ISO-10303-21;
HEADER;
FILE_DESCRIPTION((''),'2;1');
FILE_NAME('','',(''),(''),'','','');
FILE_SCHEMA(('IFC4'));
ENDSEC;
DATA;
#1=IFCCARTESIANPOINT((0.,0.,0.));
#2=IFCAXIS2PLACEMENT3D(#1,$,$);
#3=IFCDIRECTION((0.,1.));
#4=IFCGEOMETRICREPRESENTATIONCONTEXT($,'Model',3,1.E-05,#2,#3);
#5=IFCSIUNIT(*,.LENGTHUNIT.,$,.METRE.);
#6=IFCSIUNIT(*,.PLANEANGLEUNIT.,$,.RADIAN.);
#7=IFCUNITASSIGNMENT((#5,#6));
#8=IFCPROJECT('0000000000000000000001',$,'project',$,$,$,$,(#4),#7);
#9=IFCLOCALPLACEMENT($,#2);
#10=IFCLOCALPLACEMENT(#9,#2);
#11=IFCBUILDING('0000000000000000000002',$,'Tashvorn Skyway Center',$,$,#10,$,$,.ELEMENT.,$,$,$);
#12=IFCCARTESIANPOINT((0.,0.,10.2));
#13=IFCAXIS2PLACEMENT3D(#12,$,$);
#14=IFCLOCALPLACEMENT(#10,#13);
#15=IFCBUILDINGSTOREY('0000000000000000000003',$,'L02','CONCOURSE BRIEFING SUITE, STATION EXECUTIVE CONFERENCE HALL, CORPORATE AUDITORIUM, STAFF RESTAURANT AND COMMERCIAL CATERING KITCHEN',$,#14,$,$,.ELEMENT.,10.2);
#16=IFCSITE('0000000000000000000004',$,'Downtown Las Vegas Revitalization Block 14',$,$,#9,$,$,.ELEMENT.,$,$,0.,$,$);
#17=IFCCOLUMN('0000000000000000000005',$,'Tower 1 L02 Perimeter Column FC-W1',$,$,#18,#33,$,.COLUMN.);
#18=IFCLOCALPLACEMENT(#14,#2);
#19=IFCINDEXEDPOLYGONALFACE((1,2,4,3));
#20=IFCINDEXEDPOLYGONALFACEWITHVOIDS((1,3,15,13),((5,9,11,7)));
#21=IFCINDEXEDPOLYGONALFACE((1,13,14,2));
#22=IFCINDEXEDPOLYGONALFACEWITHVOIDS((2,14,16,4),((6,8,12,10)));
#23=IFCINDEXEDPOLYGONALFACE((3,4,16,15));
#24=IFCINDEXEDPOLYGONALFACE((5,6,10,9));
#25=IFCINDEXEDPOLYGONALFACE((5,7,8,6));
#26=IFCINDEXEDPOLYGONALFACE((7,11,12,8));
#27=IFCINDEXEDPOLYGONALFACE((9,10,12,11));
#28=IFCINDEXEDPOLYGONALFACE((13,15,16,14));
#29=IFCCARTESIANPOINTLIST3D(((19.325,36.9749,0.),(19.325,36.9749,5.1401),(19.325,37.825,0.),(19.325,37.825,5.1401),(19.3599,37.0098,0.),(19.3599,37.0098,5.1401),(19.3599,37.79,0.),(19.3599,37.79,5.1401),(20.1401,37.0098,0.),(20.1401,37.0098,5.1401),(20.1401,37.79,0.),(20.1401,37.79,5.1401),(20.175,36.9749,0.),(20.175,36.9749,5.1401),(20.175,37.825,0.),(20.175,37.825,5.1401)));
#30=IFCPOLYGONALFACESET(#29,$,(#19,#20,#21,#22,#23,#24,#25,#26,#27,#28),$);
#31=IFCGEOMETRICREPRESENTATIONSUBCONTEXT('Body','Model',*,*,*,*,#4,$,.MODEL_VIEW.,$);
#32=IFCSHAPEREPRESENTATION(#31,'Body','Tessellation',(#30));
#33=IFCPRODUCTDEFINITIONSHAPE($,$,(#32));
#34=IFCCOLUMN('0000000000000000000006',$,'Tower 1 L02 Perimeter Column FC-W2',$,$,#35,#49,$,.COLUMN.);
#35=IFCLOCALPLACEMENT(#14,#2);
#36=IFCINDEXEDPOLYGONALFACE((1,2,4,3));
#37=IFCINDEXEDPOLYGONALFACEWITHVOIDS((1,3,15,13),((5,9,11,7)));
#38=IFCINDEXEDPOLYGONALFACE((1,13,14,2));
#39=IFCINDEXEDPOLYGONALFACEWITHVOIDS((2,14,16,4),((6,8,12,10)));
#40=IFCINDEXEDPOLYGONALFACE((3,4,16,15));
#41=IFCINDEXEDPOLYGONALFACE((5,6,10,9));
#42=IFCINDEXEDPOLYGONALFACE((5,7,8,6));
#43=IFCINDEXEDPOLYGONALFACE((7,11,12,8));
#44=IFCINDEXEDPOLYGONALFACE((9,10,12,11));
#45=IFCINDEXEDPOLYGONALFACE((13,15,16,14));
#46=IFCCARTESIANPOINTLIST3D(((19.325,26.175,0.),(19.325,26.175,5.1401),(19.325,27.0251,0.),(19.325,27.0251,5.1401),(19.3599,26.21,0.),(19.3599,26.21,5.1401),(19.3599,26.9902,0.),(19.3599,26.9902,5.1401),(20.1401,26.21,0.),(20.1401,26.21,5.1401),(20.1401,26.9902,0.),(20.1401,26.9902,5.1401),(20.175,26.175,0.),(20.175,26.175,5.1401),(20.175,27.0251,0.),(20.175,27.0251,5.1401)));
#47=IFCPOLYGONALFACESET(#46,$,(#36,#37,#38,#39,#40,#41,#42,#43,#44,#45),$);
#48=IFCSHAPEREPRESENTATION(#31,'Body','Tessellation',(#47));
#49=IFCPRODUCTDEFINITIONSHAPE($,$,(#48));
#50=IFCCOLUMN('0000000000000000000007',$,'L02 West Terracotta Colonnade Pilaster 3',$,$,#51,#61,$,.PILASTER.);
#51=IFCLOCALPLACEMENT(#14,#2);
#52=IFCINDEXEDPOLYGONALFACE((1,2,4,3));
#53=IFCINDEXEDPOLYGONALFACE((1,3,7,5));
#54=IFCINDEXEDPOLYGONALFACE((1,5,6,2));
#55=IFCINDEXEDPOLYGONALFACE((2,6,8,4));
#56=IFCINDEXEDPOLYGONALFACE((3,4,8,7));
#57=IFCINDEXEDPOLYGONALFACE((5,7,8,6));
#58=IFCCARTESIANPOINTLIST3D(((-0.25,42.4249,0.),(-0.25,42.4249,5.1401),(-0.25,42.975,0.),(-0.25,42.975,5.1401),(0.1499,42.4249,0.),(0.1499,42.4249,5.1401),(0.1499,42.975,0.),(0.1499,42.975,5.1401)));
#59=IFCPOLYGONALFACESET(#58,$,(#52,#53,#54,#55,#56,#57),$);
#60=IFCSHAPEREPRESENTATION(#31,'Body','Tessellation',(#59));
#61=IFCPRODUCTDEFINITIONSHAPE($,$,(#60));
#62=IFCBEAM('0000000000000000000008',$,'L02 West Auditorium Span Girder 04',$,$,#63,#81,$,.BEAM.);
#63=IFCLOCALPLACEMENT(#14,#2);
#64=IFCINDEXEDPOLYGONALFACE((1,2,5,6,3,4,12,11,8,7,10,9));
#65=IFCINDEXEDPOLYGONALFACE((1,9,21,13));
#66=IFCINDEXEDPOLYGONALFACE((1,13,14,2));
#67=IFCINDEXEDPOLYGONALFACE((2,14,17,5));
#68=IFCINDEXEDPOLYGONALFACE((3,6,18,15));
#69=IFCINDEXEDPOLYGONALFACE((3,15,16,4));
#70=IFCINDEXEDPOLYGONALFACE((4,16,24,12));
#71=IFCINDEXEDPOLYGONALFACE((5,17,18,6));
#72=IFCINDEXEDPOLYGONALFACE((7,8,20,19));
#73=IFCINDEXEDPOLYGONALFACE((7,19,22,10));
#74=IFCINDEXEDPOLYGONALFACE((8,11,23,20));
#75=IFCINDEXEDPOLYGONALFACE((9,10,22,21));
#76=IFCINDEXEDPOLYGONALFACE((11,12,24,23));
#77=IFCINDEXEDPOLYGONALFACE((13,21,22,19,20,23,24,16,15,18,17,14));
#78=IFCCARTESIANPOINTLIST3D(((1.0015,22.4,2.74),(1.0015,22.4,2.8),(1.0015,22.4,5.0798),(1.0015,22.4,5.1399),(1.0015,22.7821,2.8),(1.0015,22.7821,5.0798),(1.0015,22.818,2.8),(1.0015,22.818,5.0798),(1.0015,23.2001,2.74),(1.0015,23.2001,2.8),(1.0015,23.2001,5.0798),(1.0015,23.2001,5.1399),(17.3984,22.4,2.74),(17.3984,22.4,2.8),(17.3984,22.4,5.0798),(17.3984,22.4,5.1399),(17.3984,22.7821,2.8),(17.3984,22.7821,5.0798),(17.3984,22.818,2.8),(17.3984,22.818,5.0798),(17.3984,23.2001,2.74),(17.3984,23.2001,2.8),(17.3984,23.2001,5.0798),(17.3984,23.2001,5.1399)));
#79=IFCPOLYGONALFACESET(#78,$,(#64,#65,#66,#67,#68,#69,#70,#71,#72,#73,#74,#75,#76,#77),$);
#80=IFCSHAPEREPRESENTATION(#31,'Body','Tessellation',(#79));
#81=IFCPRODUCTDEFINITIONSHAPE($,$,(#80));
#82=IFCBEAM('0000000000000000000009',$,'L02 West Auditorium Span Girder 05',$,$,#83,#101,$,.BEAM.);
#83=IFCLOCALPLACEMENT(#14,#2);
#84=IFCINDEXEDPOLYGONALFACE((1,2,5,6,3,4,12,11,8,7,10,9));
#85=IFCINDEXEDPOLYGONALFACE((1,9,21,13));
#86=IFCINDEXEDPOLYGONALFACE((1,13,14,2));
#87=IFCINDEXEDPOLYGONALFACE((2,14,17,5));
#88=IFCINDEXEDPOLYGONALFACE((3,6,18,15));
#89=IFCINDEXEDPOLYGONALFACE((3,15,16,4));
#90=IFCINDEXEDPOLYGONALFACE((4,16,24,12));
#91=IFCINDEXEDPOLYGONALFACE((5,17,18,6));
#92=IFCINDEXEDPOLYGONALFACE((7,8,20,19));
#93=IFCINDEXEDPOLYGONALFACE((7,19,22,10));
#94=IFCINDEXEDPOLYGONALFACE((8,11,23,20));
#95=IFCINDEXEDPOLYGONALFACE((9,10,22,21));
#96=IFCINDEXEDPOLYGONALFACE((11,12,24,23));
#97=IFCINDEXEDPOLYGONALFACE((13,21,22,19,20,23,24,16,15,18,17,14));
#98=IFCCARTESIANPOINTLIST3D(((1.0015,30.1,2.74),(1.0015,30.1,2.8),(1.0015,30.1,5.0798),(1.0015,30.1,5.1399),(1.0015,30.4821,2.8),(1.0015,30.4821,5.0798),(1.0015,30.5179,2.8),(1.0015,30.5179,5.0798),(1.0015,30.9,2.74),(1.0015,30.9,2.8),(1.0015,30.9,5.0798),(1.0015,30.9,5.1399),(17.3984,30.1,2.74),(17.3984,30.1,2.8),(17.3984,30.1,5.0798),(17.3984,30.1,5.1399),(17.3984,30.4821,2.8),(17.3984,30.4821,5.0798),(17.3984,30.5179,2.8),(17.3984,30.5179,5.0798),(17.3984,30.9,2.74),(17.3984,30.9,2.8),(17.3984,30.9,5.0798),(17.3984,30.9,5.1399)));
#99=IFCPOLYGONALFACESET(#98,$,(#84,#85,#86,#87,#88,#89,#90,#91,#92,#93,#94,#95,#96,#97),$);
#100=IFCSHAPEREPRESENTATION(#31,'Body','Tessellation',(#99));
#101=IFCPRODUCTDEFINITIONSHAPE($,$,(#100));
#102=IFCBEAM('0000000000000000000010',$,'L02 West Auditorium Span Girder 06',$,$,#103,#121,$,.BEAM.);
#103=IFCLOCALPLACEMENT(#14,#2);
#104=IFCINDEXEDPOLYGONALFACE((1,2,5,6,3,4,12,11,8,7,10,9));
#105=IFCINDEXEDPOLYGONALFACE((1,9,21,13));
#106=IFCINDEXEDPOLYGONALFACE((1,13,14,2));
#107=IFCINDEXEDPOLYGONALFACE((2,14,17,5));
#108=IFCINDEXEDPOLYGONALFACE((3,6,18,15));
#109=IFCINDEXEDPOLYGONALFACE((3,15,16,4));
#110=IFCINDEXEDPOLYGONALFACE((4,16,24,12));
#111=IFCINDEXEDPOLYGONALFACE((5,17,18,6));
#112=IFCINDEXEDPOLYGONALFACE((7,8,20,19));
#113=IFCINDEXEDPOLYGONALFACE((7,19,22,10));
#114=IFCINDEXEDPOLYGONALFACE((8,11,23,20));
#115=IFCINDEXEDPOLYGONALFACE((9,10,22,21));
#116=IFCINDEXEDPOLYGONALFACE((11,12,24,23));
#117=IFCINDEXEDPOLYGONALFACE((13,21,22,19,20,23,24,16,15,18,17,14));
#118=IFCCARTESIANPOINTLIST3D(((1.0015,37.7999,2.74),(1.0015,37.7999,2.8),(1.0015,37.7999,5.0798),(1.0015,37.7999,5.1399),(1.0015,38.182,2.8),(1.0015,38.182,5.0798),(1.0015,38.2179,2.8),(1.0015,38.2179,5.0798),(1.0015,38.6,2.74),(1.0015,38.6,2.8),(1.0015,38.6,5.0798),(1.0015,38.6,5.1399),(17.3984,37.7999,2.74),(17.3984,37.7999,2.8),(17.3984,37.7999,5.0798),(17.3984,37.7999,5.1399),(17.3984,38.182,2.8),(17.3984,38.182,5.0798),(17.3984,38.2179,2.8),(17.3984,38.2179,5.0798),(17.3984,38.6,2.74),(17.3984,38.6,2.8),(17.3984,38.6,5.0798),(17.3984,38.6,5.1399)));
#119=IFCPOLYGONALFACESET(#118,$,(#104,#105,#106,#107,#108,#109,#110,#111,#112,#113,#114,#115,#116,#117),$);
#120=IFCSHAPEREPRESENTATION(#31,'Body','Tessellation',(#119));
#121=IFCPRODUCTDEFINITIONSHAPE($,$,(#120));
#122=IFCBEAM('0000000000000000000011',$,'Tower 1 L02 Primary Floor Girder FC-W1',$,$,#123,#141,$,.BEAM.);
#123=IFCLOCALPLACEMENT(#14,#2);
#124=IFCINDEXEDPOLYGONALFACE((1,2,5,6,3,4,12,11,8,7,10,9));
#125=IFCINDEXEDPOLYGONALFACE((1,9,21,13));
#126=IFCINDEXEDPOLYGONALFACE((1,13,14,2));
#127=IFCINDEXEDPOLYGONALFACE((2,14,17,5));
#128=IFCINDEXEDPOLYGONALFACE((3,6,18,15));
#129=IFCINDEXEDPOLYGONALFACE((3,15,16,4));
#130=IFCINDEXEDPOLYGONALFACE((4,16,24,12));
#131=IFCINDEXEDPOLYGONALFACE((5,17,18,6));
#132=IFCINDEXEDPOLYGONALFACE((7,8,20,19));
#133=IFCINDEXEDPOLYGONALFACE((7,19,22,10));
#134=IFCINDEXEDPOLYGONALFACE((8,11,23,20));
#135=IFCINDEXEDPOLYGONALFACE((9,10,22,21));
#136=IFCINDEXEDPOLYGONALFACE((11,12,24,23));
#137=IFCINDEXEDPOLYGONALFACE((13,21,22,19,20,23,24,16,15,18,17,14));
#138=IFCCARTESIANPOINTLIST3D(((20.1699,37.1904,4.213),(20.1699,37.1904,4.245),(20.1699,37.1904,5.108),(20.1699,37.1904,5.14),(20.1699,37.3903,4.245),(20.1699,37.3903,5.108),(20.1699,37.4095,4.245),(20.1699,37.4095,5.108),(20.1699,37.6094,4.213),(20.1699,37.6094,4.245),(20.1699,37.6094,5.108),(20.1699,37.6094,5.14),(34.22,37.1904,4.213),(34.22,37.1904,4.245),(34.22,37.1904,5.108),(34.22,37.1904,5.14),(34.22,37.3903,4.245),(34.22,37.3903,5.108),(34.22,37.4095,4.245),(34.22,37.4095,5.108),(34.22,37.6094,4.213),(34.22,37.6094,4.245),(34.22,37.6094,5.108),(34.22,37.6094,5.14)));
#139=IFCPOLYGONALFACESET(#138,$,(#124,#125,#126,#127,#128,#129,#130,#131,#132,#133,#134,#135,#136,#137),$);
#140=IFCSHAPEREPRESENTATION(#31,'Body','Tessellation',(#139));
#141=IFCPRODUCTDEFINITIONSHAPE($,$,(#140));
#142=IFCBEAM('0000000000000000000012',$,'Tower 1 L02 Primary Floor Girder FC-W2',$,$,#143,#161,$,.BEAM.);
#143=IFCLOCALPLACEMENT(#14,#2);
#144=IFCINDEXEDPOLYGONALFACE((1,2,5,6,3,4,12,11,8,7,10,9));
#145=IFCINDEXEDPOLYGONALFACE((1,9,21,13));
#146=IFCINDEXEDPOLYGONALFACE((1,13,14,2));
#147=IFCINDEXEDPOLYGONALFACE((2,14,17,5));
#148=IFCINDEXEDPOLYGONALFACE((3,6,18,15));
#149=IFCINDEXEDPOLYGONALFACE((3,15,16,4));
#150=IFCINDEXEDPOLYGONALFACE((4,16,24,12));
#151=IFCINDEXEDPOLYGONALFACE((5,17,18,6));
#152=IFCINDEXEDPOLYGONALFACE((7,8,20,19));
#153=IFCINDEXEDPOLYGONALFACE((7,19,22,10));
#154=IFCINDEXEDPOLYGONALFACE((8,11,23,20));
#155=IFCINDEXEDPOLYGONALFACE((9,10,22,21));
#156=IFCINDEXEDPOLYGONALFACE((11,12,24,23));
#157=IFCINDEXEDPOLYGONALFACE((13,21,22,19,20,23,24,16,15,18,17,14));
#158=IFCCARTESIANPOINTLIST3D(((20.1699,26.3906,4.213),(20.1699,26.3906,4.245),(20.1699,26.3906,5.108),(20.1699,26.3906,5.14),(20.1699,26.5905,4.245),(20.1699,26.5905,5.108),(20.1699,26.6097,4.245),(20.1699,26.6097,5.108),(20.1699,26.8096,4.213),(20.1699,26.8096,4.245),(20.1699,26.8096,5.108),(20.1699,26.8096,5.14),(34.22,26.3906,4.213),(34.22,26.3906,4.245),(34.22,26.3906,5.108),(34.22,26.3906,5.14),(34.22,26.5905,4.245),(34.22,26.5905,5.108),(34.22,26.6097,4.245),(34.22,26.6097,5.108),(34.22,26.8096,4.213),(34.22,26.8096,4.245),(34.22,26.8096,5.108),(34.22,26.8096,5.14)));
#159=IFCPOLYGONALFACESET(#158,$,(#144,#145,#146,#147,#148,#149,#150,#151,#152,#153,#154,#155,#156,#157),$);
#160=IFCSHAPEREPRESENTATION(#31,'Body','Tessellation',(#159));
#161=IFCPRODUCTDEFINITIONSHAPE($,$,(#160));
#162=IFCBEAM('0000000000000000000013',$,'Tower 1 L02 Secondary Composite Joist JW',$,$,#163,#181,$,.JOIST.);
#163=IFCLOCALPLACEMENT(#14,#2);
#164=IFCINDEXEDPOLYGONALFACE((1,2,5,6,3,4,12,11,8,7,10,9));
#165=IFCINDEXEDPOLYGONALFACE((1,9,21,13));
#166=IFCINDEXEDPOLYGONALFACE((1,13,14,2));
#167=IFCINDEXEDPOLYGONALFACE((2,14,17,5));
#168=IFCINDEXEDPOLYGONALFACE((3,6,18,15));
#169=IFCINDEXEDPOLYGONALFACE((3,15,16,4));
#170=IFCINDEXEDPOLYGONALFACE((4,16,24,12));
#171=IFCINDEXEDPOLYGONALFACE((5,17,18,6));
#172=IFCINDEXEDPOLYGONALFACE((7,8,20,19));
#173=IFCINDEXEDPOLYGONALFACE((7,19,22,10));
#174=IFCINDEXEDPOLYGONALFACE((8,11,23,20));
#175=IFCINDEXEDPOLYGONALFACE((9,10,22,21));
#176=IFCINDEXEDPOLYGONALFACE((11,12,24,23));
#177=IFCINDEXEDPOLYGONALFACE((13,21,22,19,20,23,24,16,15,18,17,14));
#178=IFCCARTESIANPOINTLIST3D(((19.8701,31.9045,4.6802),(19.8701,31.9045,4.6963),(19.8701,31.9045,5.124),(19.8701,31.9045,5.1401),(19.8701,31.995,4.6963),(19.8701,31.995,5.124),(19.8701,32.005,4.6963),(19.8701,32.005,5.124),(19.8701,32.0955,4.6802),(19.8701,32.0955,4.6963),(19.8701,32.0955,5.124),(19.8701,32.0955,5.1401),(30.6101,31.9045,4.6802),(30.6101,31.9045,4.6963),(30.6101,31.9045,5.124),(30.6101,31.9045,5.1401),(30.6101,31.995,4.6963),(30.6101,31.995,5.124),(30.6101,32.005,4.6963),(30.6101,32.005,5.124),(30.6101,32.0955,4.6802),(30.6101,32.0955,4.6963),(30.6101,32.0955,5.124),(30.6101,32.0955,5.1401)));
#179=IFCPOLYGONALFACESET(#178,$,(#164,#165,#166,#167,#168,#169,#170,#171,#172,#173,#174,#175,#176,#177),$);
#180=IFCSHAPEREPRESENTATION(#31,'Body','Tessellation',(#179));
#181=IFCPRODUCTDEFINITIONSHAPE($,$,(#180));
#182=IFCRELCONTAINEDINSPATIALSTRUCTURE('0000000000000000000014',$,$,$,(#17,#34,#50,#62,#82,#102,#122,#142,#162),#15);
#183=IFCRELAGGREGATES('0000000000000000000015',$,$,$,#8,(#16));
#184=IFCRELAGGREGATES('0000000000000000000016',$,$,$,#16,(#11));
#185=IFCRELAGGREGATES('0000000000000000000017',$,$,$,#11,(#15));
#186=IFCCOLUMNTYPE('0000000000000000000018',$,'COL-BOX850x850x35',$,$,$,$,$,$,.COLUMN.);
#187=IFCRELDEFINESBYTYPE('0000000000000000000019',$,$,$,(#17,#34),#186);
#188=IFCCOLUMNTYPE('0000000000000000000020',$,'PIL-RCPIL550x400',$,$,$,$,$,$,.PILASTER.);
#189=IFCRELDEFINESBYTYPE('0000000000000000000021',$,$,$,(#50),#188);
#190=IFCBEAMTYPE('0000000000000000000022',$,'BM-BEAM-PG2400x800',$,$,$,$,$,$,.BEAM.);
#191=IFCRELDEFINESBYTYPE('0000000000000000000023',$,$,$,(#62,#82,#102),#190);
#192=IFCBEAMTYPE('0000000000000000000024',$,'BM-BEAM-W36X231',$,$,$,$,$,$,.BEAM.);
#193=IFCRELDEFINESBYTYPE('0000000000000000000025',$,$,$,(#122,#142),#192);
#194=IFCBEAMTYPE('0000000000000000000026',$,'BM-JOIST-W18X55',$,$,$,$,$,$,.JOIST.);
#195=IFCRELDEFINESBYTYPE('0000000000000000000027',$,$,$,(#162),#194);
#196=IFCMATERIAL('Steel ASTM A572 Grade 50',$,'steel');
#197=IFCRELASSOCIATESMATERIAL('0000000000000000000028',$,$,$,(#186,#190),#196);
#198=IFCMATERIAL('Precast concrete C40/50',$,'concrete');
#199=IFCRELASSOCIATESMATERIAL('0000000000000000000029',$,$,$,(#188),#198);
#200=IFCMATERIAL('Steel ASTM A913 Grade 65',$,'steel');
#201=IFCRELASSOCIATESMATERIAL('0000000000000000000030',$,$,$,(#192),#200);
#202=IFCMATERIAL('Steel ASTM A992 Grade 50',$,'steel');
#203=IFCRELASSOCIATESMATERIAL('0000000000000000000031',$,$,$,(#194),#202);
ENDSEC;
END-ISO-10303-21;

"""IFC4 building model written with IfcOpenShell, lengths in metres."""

from ifc_helpers import new_model, si_unit, direction, frame, origin, origin_2d, place, context, subcontext, project, spatial, rectangle, hollow_rectangle, i_section, extrude, material, material_profile, profile_set, type_object, element, save


model = new_model("IFC4")

# Units and contexts
model_context = context("Model", 3, precision=1e-05, world=origin(), true_north=direction((0.0, 1.0)))
body_context = subcontext(model_context, "Body", "Model", "MODEL_VIEW")
ifc_project = project(units=[si_unit("LENGTHUNIT", "METRE"), si_unit("PLANEANGLEUNIT", "RADIAN")], contexts=[model_context])

# Site, building, storey
site_placement = place(None, origin())
site = spatial("IfcSite", under=ifc_project, at=site_placement, Name="Downtown Las Vegas Revitalization Block 14", CompositionType="ELEMENT", RefElevation=0.0)
building_placement = place(site_placement, origin())
building = spatial("IfcBuilding", under=site, at=building_placement, Name="Tashvorn Skyway Center", CompositionType="ELEMENT")
storey_placement = place(building_placement, frame((0.0, 0.0, 10.2)))
storey = spatial("IfcBuildingStorey", under=building, at=storey_placement, Name="L02", Description="CONCOURSE BRIEFING SUITE, STATION EXECUTIVE CONFERENCE HALL, CORPORATE AUDITORIUM, STAFF RESTAURANT AND COMMERCIAL CATERING KITCHEN", CompositionType="ELEMENT", Elevation=10.2)

# Columns
ifc_material_1 = material(Name="Steel ASTM A572 Grade 50", Category="steel")
ifc_material_profile_1 = material_profile(ifc_material_1, hollow_rectangle(XDim=0.8501, YDim=0.8501, WallThickness=0.0349, at=origin_2d()), Name="BOX850x850x35")
ifc_profile_set_1 = profile_set([ifc_material_profile_1], Name="Steel ASTM A572 Grade 50")
column_type_1 = type_object("IfcColumnType", Name="COL-BOX850x850x35", PredefinedType="COLUMN", material=ifc_profile_set_1)
for number, where, z_axis, x_axis, name in (
    (1, (19.75, 37.3999, 0.0), (0.0, 0.0, 1.0), (1.0, 0.0, 0.0), "Tower 1 L02 Perimeter Column FC-W1"),
    (2, (19.75, 26.6001, 0.0), (0.0, 0.0, 1.0), (1.0, 0.0, 0.0), "Tower 1 L02 Perimeter Column FC-W2"),
):
    element("IfcColumn", number, at=place(storey_placement, frame(where, z_axis=z_axis, x_axis=x_axis)), inside=storey, type_object=column_type_1, Name=name, PredefinedType="COLUMN", context=body_context, shape_type="SweptSolid", body=[
        extrude(hollow_rectangle(XDim=0.8501, YDim=0.8501, WallThickness=0.0349, at=origin_2d()), origin(), (0.0, 0.0, 1.0), 5.1401),
    ])
ifc_material_2 = material(Name="Precast concrete C40/50", Category="concrete")
ifc_material_profile_2 = material_profile(ifc_material_2, rectangle(XDim=0.55, YDim=0.3999, at=origin_2d()), Name="RCPIL550x400")
ifc_profile_set_2 = profile_set([ifc_material_profile_2], Name="Precast concrete C40/50")
column_type_2 = type_object("IfcColumnType", Name="PIL-RCPIL550x400", PredefinedType="PILASTER", material=ifc_profile_set_2)
column_placement = place(storey_placement, frame((-0.05, 42.7, 0.0), z_axis=(0.0, 0.0, 1.0), x_axis=(0.0, 1.0, 0.0)))
element("IfcColumn", 3, at=column_placement, inside=storey, type_object=column_type_2, Name="L02 West Terracotta Colonnade Pilaster 3", PredefinedType="PILASTER", context=body_context, shape_type="SweptSolid", body=[
    extrude(rectangle(XDim=0.55, YDim=0.3999, at=origin_2d()), origin(), (0.0, 0.0, 1.0), 5.1401),
])

# Beams
ifc_material_profile_3 = material_profile(ifc_material_1, i_section(OverallWidth=0.8, OverallDepth=2.3999, WebThickness=0.0359, FlangeThickness=0.0601, at=origin_2d()), Name="PG2400x800")
ifc_profile_set_3 = profile_set([ifc_material_profile_3], Name="Steel ASTM A572 Grade 50")
beam_type_1 = type_object("IfcBeamType", Name="BM-BEAM-PG2400x800", PredefinedType="BEAM", material=ifc_profile_set_3)
for number, where, z_axis, x_axis, name in (
    (4, (1.0015, 22.8, 3.9399), (1.0, 0.0, 0.0), (0.0, 1.0, 0.0), "L02 West Auditorium Span Girder 04"),
    (5, (1.0015, 30.5, 3.9399), (1.0, 0.0, 0.0), (0.0, 1.0, 0.0), "L02 West Auditorium Span Girder 05"),
    (6, (1.0015, 38.2, 3.9399), (1.0, 0.0, 0.0), (0.0, 1.0, 0.0), "L02 West Auditorium Span Girder 06"),
):
    element("IfcBeam", number, at=place(storey_placement, frame(where, z_axis=z_axis, x_axis=x_axis)), inside=storey, type_object=beam_type_1, Name=name, PredefinedType="BEAM", context=body_context, shape_type="SweptSolid", body=[
        extrude(i_section(OverallWidth=0.8, OverallDepth=2.3999, WebThickness=0.0359, FlangeThickness=0.0601, at=origin_2d()), origin(), (0.0, 0.0, 1.0), 16.397),
    ])
ifc_material_3 = material(Name="Steel ASTM A913 Grade 65", Category="steel")
ifc_material_profile_4 = material_profile(ifc_material_3, i_section(OverallWidth=0.4189, OverallDepth=0.927, WebThickness=0.0193, FlangeThickness=0.032, at=origin_2d()), Name="W36X231")
ifc_profile_set_4 = profile_set([ifc_material_profile_4], Name="Steel ASTM A913 Grade 65")
beam_type_2 = type_object("IfcBeamType", Name="BM-BEAM-W36X231", PredefinedType="BEAM", material=ifc_profile_set_4)
for number, where, z_axis, x_axis, name in (
    (7, (20.1699, 37.3999, 4.6765), (1.0, 0.0, 0.0), (0.0, 1.0, 0.0), "Tower 1 L02 Primary Floor Girder FC-W1"),
    (8, (20.1699, 26.6001, 4.6765), (1.0, 0.0, 0.0), (0.0, 1.0, 0.0), "Tower 1 L02 Primary Floor Girder FC-W2"),
):
    element("IfcBeam", number, at=place(storey_placement, frame(where, z_axis=z_axis, x_axis=x_axis)), inside=storey, type_object=beam_type_2, Name=name, PredefinedType="BEAM", context=body_context, shape_type="SweptSolid", body=[
        extrude(i_section(OverallWidth=0.4189, OverallDepth=0.927, WebThickness=0.0193, FlangeThickness=0.032, at=origin_2d()), origin(), (0.0, 0.0, 1.0), 14.05),
    ])
ifc_material_4 = material(Name="Steel ASTM A992 Grade 50", Category="steel")
ifc_material_profile_5 = material_profile(ifc_material_4, i_section(OverallWidth=0.1909, OverallDepth=0.46, WebThickness=0.01, FlangeThickness=0.0161, at=origin_2d()), Name="W18X55")
ifc_profile_set_5 = profile_set([ifc_material_profile_5], Name="Steel ASTM A992 Grade 50")
beam_type_3 = type_object("IfcBeamType", Name="BM-JOIST-W18X55", PredefinedType="JOIST", material=ifc_profile_set_5)
beam_1_placement = place(storey_placement, frame((30.6101, 32.0, 4.9102), z_axis=(-1.0, 0.0, 0.0), x_axis=(0.0, -1.0, 0.0)))
element("IfcBeam", 9, at=beam_1_placement, inside=storey, type_object=beam_type_3, Name="Tower 1 L02 Secondary Composite Joist JW", PredefinedType="JOIST", context=body_context, shape_type="SweptSolid", body=[
    extrude(i_section(OverallWidth=0.1909, OverallDepth=0.46, WebThickness=0.01, FlangeThickness=0.0161, at=origin_2d()), origin(), (0.0, 0.0, 1.0), 10.74),
])

save(model, "model.ifc")
